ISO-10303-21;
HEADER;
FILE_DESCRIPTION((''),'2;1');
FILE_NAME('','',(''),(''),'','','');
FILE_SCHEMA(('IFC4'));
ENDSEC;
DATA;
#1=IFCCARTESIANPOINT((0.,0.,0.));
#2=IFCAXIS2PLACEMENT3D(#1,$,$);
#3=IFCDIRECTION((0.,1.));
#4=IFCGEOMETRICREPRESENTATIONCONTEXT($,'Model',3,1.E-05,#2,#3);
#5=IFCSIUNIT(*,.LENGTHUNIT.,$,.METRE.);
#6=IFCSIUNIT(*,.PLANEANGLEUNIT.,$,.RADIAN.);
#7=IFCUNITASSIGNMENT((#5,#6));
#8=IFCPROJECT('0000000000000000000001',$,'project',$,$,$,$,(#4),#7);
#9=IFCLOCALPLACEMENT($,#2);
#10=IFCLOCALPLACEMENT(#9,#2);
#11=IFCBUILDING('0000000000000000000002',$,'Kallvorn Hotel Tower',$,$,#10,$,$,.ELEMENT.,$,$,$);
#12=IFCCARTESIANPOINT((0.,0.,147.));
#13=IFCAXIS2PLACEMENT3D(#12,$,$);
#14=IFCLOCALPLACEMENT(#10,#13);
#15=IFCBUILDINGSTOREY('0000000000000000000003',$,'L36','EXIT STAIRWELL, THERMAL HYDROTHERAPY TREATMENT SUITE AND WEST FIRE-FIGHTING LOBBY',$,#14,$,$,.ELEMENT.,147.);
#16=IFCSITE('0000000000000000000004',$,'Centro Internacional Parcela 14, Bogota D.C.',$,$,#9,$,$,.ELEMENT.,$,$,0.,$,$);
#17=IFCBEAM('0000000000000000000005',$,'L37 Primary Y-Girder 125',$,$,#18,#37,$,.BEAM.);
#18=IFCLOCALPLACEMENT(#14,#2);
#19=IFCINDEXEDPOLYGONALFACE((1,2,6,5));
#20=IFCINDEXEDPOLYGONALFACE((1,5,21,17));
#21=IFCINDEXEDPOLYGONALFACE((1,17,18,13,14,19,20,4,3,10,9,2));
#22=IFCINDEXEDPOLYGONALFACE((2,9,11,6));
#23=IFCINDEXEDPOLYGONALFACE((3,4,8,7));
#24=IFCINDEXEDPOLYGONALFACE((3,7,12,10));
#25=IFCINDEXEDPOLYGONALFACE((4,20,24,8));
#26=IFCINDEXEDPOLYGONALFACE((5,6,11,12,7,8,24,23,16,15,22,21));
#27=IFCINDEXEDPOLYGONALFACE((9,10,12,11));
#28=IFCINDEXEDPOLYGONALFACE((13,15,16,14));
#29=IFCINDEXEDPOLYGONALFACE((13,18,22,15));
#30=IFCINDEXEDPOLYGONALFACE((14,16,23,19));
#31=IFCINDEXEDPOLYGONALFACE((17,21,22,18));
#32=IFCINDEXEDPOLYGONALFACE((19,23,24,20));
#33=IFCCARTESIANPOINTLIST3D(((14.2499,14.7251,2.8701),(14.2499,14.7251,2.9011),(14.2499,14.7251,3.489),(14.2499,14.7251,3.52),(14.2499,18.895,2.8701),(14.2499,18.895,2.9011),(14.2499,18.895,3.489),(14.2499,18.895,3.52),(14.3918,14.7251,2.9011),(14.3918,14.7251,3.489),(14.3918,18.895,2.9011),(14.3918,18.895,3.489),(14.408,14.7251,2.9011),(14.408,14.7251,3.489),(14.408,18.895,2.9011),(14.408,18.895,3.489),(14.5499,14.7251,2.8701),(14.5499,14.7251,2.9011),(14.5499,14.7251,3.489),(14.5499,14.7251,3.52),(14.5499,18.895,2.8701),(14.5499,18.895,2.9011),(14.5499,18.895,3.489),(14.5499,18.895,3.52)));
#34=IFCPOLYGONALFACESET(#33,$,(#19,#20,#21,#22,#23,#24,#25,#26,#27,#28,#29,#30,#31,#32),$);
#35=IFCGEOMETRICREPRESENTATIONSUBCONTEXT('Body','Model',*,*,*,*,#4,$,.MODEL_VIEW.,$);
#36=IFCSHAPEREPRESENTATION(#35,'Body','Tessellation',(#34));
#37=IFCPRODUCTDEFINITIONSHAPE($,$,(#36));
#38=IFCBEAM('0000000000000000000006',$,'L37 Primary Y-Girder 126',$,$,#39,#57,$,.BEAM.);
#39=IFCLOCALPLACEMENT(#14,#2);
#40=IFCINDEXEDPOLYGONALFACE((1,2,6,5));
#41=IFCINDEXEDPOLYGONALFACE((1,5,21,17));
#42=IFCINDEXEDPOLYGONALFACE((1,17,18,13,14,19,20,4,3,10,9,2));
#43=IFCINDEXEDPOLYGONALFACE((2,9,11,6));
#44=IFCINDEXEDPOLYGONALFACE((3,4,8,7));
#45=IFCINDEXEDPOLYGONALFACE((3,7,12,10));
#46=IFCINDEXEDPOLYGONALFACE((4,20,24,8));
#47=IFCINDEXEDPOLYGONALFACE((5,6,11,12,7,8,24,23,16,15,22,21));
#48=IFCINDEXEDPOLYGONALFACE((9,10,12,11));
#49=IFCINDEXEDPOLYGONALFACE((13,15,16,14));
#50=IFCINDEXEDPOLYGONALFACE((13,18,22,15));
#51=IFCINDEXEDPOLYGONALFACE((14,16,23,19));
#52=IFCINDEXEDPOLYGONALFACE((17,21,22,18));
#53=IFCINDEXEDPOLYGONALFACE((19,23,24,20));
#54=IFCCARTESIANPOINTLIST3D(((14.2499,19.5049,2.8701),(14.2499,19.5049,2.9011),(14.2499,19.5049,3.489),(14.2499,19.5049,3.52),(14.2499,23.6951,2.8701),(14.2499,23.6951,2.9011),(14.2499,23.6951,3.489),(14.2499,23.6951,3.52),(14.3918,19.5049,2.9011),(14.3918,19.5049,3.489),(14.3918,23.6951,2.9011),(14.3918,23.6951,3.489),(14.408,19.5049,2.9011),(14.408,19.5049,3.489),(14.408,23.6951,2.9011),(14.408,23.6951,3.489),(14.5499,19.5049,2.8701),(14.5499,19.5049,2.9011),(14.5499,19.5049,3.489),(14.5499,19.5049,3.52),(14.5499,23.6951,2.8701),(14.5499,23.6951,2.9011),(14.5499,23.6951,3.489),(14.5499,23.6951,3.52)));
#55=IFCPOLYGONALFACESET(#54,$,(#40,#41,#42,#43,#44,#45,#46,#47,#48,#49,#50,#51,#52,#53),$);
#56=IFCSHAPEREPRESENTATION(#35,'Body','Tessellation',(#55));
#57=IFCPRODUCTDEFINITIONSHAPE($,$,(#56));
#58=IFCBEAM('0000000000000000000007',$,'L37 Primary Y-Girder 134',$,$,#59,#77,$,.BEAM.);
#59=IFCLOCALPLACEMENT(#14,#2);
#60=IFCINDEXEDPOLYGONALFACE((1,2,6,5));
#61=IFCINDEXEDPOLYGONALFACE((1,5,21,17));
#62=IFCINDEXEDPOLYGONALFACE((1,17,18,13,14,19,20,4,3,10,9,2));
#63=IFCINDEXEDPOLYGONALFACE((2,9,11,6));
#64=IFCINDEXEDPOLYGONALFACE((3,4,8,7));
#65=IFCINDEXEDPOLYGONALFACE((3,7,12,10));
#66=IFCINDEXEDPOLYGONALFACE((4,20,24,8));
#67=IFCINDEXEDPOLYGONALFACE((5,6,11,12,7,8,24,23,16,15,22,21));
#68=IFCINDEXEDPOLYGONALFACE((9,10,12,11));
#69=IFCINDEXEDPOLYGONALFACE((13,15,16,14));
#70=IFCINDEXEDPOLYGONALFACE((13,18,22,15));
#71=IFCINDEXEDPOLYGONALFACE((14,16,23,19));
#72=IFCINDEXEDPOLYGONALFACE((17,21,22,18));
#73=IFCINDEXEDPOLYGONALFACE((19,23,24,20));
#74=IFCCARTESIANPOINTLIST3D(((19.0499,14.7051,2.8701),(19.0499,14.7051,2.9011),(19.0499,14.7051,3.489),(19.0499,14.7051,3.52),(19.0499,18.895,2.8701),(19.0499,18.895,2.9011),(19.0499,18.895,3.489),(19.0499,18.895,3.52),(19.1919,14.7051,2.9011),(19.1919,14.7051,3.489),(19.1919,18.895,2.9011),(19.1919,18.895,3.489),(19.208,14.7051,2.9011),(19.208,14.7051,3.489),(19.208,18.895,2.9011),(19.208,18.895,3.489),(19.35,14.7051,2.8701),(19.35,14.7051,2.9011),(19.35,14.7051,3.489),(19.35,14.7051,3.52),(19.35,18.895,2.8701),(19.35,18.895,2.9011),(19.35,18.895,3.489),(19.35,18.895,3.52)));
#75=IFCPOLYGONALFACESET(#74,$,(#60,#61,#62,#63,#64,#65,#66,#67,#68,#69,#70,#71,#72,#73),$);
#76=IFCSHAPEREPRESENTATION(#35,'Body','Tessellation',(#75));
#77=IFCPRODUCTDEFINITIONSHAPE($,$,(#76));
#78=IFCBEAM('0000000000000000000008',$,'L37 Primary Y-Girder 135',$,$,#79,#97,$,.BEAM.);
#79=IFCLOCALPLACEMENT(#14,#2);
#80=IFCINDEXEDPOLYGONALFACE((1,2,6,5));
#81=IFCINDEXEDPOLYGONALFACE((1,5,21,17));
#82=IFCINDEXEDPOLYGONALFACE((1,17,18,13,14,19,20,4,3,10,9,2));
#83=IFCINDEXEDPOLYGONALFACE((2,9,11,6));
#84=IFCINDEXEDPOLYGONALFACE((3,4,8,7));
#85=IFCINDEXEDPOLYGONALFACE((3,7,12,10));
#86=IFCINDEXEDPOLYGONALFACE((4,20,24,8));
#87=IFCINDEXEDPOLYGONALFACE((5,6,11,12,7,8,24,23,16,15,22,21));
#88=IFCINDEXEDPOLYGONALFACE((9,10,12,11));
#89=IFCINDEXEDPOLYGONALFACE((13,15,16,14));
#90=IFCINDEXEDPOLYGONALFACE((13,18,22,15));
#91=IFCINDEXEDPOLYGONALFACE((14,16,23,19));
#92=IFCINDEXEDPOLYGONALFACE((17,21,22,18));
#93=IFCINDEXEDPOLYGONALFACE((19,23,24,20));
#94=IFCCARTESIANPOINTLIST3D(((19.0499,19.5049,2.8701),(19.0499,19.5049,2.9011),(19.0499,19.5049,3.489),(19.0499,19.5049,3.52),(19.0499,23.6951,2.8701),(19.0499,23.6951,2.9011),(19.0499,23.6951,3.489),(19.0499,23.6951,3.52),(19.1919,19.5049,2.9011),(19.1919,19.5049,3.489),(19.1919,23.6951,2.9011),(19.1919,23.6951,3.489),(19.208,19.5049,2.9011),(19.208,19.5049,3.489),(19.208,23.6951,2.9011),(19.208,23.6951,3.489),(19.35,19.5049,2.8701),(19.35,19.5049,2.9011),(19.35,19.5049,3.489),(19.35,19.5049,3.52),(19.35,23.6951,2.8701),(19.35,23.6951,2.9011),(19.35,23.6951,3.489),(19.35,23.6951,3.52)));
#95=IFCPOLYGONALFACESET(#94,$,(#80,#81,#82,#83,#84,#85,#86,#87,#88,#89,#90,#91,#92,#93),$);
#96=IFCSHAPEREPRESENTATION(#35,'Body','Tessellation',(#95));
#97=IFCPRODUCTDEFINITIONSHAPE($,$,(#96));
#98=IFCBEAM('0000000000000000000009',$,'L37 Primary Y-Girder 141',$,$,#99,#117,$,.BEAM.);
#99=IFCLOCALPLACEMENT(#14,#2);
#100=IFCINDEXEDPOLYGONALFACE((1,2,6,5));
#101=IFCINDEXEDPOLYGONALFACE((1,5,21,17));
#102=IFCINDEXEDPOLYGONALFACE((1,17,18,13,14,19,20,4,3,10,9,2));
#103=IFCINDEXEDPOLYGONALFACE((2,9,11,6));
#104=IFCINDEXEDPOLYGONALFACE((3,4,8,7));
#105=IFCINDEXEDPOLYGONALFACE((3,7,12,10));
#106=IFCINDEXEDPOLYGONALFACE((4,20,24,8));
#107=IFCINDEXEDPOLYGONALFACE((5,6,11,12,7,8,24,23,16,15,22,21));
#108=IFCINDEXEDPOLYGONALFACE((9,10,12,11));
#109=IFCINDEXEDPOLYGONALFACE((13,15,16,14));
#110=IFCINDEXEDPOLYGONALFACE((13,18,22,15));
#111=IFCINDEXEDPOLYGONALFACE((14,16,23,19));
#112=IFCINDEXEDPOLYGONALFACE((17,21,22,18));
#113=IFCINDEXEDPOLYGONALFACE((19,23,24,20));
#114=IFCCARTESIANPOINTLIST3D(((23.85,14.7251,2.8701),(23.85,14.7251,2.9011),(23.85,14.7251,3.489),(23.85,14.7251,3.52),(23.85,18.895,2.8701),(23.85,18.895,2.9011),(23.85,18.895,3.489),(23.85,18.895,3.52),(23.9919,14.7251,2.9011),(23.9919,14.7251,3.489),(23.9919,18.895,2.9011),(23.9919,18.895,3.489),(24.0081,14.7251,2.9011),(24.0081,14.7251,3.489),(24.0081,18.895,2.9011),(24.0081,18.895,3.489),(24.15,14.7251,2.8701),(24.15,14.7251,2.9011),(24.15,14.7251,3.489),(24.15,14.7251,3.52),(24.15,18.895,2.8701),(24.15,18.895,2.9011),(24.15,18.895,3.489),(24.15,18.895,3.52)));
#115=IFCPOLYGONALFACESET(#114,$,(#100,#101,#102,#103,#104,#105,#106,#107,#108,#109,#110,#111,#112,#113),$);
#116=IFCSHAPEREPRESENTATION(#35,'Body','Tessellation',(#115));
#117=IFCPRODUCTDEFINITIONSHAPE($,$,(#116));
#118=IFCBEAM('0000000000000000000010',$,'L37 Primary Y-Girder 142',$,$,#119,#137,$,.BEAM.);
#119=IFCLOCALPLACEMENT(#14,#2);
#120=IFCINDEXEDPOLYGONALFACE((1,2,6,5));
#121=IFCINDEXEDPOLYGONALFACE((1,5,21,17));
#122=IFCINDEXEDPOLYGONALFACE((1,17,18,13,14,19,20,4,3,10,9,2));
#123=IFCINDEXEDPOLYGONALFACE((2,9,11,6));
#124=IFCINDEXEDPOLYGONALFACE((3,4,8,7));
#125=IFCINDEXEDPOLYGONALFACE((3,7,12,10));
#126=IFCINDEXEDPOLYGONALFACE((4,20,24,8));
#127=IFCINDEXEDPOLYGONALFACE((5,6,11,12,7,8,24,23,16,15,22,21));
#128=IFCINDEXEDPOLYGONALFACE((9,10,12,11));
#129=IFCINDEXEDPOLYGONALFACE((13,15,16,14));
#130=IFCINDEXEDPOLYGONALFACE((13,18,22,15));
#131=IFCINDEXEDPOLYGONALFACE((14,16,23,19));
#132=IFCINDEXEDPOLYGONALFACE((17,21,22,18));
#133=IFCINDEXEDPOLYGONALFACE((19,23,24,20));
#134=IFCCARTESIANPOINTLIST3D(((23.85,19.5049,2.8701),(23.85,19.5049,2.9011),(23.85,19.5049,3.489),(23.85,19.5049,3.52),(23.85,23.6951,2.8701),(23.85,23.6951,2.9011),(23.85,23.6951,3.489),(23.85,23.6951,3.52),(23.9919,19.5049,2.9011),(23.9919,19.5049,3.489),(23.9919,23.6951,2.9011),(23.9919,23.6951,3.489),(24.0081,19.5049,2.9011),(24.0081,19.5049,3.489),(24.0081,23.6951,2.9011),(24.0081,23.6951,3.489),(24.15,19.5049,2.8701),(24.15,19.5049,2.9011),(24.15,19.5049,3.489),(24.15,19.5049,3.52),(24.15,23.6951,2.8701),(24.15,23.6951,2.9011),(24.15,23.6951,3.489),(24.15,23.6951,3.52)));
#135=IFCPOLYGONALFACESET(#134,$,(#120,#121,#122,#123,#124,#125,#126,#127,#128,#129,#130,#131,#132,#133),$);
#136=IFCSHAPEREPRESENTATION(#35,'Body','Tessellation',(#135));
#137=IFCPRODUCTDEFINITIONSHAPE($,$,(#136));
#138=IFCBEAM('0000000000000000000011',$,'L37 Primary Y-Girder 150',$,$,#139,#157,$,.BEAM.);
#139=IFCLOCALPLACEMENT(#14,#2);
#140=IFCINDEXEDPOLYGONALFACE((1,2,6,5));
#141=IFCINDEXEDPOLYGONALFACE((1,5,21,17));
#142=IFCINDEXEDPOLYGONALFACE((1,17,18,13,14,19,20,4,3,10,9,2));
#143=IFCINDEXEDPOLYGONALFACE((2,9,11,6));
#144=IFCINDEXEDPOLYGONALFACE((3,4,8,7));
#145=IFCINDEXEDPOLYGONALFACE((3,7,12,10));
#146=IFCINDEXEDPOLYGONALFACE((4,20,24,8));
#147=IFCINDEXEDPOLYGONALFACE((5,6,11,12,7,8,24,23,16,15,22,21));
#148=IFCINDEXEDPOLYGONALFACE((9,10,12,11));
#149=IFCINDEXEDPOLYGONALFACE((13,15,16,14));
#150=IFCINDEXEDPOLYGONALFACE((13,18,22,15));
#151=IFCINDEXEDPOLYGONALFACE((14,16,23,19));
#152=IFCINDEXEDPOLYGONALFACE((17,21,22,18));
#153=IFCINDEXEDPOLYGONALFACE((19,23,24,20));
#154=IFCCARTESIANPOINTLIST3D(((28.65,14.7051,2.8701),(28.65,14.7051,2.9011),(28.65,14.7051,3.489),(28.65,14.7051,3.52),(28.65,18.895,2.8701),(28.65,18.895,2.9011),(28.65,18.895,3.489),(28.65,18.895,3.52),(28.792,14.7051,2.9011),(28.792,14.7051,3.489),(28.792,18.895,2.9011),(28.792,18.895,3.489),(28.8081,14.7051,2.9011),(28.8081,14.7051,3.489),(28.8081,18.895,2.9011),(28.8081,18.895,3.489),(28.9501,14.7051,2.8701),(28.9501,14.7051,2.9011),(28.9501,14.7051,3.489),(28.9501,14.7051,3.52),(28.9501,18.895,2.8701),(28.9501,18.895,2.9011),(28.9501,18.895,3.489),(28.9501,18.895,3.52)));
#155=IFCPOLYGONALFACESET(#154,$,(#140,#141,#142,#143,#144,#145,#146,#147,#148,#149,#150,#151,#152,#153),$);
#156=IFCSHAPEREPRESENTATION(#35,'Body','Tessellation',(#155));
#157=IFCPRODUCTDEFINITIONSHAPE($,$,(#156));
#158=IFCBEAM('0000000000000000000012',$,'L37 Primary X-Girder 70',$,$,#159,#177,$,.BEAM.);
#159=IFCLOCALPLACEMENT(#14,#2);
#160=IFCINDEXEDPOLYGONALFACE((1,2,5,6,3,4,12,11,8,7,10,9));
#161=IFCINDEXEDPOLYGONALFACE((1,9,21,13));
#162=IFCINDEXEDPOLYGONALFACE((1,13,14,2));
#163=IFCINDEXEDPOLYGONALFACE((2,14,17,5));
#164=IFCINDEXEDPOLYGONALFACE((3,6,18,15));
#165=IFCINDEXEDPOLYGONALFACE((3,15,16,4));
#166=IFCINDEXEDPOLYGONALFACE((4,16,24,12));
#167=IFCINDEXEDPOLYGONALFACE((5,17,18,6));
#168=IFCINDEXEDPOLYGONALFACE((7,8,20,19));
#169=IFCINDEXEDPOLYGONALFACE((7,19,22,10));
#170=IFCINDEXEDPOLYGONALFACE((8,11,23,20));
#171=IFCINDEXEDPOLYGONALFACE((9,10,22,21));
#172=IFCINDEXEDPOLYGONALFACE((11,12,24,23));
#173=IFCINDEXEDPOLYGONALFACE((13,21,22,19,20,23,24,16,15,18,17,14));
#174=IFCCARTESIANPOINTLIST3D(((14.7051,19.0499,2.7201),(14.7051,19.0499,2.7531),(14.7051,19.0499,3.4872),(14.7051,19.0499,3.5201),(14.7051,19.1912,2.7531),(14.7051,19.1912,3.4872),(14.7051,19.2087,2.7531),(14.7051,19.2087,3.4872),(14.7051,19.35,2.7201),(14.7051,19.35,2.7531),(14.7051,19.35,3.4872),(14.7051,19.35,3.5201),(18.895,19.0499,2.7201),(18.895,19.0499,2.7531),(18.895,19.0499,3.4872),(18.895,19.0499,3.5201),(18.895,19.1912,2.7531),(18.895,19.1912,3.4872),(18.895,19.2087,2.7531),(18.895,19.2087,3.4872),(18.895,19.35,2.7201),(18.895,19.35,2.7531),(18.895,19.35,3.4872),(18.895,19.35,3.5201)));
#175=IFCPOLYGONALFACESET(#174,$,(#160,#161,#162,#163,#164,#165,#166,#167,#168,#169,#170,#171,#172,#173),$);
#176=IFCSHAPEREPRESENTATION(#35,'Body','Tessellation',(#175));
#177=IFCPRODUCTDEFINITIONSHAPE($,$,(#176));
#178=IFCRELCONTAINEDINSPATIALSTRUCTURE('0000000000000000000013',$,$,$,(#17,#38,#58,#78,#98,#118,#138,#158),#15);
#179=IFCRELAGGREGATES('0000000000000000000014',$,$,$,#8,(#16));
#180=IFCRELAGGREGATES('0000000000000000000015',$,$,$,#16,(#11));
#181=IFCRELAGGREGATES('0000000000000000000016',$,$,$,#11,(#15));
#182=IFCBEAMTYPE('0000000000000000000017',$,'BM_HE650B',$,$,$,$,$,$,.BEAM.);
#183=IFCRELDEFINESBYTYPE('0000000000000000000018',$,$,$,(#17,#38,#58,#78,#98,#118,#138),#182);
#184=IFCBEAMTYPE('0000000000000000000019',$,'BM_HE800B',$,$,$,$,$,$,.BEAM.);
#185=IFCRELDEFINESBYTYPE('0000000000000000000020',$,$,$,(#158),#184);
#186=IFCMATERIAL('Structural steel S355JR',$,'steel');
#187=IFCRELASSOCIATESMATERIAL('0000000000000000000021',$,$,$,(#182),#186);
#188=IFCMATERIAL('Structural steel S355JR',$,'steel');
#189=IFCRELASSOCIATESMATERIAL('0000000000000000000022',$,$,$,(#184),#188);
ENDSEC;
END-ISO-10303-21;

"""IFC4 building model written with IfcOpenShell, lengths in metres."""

from ifc_helpers import new_model, si_unit, direction, frame, origin, origin_2d, place, context, subcontext, project, spatial, i_section, extrude, material, material_profile, profile_set, type_object, element, save


model = new_model("IFC4")

# Units and contexts
model_context = context("Model", 3, precision=1e-05, world=origin(), true_north=direction((0.0, 1.0)))
body_context = subcontext(model_context, "Body", "Model", "MODEL_VIEW")
ifc_project = project(units=[si_unit("LENGTHUNIT", "METRE"), si_unit("PLANEANGLEUNIT", "RADIAN")], contexts=[model_context])

# Site, building, storey
site_placement = place(None, origin())
site = spatial("IfcSite", under=ifc_project, at=site_placement, Name="Centro Internacional Parcela 14, Bogota D.C.", CompositionType="ELEMENT", RefElevation=0.0)
building_placement = place(site_placement, origin())
building = spatial("IfcBuilding", under=site, at=building_placement, Name="Kallvorn Hotel Tower", CompositionType="ELEMENT")
storey_placement = place(building_placement, frame((0.0, 0.0, 147.0)))
storey = spatial("IfcBuildingStorey", under=building, at=storey_placement, Name="L36", Description="EXIT STAIRWELL, THERMAL HYDROTHERAPY TREATMENT SUITE AND WEST FIRE-FIGHTING LOBBY", CompositionType="ELEMENT", Elevation=147.0)

# Beams
ifc_material_1 = material(Name="Structural steel S355JR", Category="steel")
ifc_material_profile_1 = material_profile(ifc_material_1, i_section(OverallWidth=0.3, OverallDepth=0.6499, WebThickness=0.0161, FlangeThickness=0.031, at=origin_2d()), Name="HE 650 B")
ifc_profile_set_1 = profile_set([ifc_material_profile_1], Name="Structural steel S355JR")
beam_type_1 = type_object("IfcBeamType", Name="BM_HE650B", PredefinedType="BEAM", material=ifc_profile_set_1)
beam_1_placement = place(storey_placement, frame((14.3999, 14.7251, 3.1951), z_axis=(0.0, 1.0, 0.0), x_axis=(-1.0, 0.0, 0.0)))
element("IfcBeam", 1, at=beam_1_placement, inside=storey, type_object=beam_type_1, Name="L37 Primary Y-Girder 125", PredefinedType="BEAM", context=body_context, shape_type="SweptSolid", body=[
    extrude(i_section(OverallWidth=0.3, OverallDepth=0.6499, WebThickness=0.0161, FlangeThickness=0.031, at=origin_2d()), origin(), (0.0, 0.0, 1.0), 4.1699),
])
beam_2_placement = place(storey_placement, frame((14.3999, 19.5049, 3.1951), z_axis=(0.0, 1.0, 0.0), x_axis=(-1.0, 0.0, 0.0)))
element("IfcBeam", 2, at=beam_2_placement, inside=storey, type_object=beam_type_1, Name="L37 Primary Y-Girder 126", PredefinedType="BEAM", context=body_context, shape_type="SweptSolid", body=[
    extrude(i_section(OverallWidth=0.3, OverallDepth=0.6499, WebThickness=0.0161, FlangeThickness=0.031, at=origin_2d()), origin(), (0.0, 0.0, 1.0), 4.1902),
])
beam_3_placement = place(storey_placement, frame((19.2, 14.7051, 3.1951), z_axis=(0.0, 1.0, 0.0), x_axis=(-1.0, 0.0, 0.0)))
element("IfcBeam", 3, at=beam_3_placement, inside=storey, type_object=beam_type_1, Name="L37 Primary Y-Girder 134", PredefinedType="BEAM", context=body_context, shape_type="SweptSolid", body=[
    extrude(i_section(OverallWidth=0.3, OverallDepth=0.6499, WebThickness=0.0161, FlangeThickness=0.031, at=origin_2d()), origin(), (0.0, 0.0, 1.0), 4.1899),
])
beam_4_placement = place(storey_placement, frame((19.2, 19.5049, 3.1951), z_axis=(0.0, 1.0, 0.0), x_axis=(-1.0, 0.0, 0.0)))
element("IfcBeam", 4, at=beam_4_placement, inside=storey, type_object=beam_type_1, Name="L37 Primary Y-Girder 135", PredefinedType="BEAM", context=body_context, shape_type="SweptSolid", body=[
    extrude(i_section(OverallWidth=0.3, OverallDepth=0.6499, WebThickness=0.0161, FlangeThickness=0.031, at=origin_2d()), origin(), (0.0, 0.0, 1.0), 4.1902),
])
beam_5_placement = place(storey_placement, frame((24.0, 14.7251, 3.1951), z_axis=(0.0, 1.0, 0.0), x_axis=(-1.0, 0.0, 0.0)))
element("IfcBeam", 5, at=beam_5_placement, inside=storey, type_object=beam_type_1, Name="L37 Primary Y-Girder 141", PredefinedType="BEAM", context=body_context, shape_type="SweptSolid", body=[
    extrude(i_section(OverallWidth=0.3, OverallDepth=0.6499, WebThickness=0.0161, FlangeThickness=0.031, at=origin_2d()), origin(), (0.0, 0.0, 1.0), 4.1699),
])
beam_6_placement = place(storey_placement, frame((24.0, 19.5049, 3.1951), z_axis=(0.0, 1.0, 0.0), x_axis=(-1.0, 0.0, 0.0)))
element("IfcBeam", 6, at=beam_6_placement, inside=storey, type_object=beam_type_1, Name="L37 Primary Y-Girder 142", PredefinedType="BEAM", context=body_context, shape_type="SweptSolid", body=[
    extrude(i_section(OverallWidth=0.3, OverallDepth=0.6499, WebThickness=0.0161, FlangeThickness=0.031, at=origin_2d()), origin(), (0.0, 0.0, 1.0), 4.1902),
])
beam_7_placement = place(storey_placement, frame((28.8, 14.7051, 3.1951), z_axis=(0.0, 1.0, 0.0), x_axis=(-1.0, 0.0, 0.0)))
element("IfcBeam", 7, at=beam_7_placement, inside=storey, type_object=beam_type_1, Name="L37 Primary Y-Girder 150", PredefinedType="BEAM", context=body_context, shape_type="SweptSolid", body=[
    extrude(i_section(OverallWidth=0.3, OverallDepth=0.6499, WebThickness=0.0161, FlangeThickness=0.031, at=origin_2d()), origin(), (0.0, 0.0, 1.0), 4.1899),
])
ifc_material_2 = material(Name="Structural steel S355JR", Category="steel")
ifc_material_profile_2 = material_profile(ifc_material_2, i_section(OverallWidth=0.3, OverallDepth=0.8, WebThickness=0.0176, FlangeThickness=0.033, at=origin_2d()), Name="HE 800 B")
ifc_profile_set_2 = profile_set([ifc_material_profile_2], Name="Structural steel S355JR")
beam_type_2 = type_object("IfcBeamType", Name="BM_HE800B", PredefinedType="BEAM", material=ifc_profile_set_2)
beam_8_placement = place(storey_placement, frame((14.7051, 19.2, 3.1201), z_axis=(1.0, 0.0, 0.0), x_axis=(0.0, 1.0, 0.0)))
element("IfcBeam", 8, at=beam_8_placement, inside=storey, type_object=beam_type_2, Name="L37 Primary X-Girder 70", PredefinedType="BEAM", context=body_context, shape_type="SweptSolid", body=[
    extrude(i_section(OverallWidth=0.3, OverallDepth=0.8, WebThickness=0.0176, FlangeThickness=0.033, at=origin_2d()), origin(), (0.0, 0.0, 1.0), 4.1899),
])

save(model, "model.ifc")
